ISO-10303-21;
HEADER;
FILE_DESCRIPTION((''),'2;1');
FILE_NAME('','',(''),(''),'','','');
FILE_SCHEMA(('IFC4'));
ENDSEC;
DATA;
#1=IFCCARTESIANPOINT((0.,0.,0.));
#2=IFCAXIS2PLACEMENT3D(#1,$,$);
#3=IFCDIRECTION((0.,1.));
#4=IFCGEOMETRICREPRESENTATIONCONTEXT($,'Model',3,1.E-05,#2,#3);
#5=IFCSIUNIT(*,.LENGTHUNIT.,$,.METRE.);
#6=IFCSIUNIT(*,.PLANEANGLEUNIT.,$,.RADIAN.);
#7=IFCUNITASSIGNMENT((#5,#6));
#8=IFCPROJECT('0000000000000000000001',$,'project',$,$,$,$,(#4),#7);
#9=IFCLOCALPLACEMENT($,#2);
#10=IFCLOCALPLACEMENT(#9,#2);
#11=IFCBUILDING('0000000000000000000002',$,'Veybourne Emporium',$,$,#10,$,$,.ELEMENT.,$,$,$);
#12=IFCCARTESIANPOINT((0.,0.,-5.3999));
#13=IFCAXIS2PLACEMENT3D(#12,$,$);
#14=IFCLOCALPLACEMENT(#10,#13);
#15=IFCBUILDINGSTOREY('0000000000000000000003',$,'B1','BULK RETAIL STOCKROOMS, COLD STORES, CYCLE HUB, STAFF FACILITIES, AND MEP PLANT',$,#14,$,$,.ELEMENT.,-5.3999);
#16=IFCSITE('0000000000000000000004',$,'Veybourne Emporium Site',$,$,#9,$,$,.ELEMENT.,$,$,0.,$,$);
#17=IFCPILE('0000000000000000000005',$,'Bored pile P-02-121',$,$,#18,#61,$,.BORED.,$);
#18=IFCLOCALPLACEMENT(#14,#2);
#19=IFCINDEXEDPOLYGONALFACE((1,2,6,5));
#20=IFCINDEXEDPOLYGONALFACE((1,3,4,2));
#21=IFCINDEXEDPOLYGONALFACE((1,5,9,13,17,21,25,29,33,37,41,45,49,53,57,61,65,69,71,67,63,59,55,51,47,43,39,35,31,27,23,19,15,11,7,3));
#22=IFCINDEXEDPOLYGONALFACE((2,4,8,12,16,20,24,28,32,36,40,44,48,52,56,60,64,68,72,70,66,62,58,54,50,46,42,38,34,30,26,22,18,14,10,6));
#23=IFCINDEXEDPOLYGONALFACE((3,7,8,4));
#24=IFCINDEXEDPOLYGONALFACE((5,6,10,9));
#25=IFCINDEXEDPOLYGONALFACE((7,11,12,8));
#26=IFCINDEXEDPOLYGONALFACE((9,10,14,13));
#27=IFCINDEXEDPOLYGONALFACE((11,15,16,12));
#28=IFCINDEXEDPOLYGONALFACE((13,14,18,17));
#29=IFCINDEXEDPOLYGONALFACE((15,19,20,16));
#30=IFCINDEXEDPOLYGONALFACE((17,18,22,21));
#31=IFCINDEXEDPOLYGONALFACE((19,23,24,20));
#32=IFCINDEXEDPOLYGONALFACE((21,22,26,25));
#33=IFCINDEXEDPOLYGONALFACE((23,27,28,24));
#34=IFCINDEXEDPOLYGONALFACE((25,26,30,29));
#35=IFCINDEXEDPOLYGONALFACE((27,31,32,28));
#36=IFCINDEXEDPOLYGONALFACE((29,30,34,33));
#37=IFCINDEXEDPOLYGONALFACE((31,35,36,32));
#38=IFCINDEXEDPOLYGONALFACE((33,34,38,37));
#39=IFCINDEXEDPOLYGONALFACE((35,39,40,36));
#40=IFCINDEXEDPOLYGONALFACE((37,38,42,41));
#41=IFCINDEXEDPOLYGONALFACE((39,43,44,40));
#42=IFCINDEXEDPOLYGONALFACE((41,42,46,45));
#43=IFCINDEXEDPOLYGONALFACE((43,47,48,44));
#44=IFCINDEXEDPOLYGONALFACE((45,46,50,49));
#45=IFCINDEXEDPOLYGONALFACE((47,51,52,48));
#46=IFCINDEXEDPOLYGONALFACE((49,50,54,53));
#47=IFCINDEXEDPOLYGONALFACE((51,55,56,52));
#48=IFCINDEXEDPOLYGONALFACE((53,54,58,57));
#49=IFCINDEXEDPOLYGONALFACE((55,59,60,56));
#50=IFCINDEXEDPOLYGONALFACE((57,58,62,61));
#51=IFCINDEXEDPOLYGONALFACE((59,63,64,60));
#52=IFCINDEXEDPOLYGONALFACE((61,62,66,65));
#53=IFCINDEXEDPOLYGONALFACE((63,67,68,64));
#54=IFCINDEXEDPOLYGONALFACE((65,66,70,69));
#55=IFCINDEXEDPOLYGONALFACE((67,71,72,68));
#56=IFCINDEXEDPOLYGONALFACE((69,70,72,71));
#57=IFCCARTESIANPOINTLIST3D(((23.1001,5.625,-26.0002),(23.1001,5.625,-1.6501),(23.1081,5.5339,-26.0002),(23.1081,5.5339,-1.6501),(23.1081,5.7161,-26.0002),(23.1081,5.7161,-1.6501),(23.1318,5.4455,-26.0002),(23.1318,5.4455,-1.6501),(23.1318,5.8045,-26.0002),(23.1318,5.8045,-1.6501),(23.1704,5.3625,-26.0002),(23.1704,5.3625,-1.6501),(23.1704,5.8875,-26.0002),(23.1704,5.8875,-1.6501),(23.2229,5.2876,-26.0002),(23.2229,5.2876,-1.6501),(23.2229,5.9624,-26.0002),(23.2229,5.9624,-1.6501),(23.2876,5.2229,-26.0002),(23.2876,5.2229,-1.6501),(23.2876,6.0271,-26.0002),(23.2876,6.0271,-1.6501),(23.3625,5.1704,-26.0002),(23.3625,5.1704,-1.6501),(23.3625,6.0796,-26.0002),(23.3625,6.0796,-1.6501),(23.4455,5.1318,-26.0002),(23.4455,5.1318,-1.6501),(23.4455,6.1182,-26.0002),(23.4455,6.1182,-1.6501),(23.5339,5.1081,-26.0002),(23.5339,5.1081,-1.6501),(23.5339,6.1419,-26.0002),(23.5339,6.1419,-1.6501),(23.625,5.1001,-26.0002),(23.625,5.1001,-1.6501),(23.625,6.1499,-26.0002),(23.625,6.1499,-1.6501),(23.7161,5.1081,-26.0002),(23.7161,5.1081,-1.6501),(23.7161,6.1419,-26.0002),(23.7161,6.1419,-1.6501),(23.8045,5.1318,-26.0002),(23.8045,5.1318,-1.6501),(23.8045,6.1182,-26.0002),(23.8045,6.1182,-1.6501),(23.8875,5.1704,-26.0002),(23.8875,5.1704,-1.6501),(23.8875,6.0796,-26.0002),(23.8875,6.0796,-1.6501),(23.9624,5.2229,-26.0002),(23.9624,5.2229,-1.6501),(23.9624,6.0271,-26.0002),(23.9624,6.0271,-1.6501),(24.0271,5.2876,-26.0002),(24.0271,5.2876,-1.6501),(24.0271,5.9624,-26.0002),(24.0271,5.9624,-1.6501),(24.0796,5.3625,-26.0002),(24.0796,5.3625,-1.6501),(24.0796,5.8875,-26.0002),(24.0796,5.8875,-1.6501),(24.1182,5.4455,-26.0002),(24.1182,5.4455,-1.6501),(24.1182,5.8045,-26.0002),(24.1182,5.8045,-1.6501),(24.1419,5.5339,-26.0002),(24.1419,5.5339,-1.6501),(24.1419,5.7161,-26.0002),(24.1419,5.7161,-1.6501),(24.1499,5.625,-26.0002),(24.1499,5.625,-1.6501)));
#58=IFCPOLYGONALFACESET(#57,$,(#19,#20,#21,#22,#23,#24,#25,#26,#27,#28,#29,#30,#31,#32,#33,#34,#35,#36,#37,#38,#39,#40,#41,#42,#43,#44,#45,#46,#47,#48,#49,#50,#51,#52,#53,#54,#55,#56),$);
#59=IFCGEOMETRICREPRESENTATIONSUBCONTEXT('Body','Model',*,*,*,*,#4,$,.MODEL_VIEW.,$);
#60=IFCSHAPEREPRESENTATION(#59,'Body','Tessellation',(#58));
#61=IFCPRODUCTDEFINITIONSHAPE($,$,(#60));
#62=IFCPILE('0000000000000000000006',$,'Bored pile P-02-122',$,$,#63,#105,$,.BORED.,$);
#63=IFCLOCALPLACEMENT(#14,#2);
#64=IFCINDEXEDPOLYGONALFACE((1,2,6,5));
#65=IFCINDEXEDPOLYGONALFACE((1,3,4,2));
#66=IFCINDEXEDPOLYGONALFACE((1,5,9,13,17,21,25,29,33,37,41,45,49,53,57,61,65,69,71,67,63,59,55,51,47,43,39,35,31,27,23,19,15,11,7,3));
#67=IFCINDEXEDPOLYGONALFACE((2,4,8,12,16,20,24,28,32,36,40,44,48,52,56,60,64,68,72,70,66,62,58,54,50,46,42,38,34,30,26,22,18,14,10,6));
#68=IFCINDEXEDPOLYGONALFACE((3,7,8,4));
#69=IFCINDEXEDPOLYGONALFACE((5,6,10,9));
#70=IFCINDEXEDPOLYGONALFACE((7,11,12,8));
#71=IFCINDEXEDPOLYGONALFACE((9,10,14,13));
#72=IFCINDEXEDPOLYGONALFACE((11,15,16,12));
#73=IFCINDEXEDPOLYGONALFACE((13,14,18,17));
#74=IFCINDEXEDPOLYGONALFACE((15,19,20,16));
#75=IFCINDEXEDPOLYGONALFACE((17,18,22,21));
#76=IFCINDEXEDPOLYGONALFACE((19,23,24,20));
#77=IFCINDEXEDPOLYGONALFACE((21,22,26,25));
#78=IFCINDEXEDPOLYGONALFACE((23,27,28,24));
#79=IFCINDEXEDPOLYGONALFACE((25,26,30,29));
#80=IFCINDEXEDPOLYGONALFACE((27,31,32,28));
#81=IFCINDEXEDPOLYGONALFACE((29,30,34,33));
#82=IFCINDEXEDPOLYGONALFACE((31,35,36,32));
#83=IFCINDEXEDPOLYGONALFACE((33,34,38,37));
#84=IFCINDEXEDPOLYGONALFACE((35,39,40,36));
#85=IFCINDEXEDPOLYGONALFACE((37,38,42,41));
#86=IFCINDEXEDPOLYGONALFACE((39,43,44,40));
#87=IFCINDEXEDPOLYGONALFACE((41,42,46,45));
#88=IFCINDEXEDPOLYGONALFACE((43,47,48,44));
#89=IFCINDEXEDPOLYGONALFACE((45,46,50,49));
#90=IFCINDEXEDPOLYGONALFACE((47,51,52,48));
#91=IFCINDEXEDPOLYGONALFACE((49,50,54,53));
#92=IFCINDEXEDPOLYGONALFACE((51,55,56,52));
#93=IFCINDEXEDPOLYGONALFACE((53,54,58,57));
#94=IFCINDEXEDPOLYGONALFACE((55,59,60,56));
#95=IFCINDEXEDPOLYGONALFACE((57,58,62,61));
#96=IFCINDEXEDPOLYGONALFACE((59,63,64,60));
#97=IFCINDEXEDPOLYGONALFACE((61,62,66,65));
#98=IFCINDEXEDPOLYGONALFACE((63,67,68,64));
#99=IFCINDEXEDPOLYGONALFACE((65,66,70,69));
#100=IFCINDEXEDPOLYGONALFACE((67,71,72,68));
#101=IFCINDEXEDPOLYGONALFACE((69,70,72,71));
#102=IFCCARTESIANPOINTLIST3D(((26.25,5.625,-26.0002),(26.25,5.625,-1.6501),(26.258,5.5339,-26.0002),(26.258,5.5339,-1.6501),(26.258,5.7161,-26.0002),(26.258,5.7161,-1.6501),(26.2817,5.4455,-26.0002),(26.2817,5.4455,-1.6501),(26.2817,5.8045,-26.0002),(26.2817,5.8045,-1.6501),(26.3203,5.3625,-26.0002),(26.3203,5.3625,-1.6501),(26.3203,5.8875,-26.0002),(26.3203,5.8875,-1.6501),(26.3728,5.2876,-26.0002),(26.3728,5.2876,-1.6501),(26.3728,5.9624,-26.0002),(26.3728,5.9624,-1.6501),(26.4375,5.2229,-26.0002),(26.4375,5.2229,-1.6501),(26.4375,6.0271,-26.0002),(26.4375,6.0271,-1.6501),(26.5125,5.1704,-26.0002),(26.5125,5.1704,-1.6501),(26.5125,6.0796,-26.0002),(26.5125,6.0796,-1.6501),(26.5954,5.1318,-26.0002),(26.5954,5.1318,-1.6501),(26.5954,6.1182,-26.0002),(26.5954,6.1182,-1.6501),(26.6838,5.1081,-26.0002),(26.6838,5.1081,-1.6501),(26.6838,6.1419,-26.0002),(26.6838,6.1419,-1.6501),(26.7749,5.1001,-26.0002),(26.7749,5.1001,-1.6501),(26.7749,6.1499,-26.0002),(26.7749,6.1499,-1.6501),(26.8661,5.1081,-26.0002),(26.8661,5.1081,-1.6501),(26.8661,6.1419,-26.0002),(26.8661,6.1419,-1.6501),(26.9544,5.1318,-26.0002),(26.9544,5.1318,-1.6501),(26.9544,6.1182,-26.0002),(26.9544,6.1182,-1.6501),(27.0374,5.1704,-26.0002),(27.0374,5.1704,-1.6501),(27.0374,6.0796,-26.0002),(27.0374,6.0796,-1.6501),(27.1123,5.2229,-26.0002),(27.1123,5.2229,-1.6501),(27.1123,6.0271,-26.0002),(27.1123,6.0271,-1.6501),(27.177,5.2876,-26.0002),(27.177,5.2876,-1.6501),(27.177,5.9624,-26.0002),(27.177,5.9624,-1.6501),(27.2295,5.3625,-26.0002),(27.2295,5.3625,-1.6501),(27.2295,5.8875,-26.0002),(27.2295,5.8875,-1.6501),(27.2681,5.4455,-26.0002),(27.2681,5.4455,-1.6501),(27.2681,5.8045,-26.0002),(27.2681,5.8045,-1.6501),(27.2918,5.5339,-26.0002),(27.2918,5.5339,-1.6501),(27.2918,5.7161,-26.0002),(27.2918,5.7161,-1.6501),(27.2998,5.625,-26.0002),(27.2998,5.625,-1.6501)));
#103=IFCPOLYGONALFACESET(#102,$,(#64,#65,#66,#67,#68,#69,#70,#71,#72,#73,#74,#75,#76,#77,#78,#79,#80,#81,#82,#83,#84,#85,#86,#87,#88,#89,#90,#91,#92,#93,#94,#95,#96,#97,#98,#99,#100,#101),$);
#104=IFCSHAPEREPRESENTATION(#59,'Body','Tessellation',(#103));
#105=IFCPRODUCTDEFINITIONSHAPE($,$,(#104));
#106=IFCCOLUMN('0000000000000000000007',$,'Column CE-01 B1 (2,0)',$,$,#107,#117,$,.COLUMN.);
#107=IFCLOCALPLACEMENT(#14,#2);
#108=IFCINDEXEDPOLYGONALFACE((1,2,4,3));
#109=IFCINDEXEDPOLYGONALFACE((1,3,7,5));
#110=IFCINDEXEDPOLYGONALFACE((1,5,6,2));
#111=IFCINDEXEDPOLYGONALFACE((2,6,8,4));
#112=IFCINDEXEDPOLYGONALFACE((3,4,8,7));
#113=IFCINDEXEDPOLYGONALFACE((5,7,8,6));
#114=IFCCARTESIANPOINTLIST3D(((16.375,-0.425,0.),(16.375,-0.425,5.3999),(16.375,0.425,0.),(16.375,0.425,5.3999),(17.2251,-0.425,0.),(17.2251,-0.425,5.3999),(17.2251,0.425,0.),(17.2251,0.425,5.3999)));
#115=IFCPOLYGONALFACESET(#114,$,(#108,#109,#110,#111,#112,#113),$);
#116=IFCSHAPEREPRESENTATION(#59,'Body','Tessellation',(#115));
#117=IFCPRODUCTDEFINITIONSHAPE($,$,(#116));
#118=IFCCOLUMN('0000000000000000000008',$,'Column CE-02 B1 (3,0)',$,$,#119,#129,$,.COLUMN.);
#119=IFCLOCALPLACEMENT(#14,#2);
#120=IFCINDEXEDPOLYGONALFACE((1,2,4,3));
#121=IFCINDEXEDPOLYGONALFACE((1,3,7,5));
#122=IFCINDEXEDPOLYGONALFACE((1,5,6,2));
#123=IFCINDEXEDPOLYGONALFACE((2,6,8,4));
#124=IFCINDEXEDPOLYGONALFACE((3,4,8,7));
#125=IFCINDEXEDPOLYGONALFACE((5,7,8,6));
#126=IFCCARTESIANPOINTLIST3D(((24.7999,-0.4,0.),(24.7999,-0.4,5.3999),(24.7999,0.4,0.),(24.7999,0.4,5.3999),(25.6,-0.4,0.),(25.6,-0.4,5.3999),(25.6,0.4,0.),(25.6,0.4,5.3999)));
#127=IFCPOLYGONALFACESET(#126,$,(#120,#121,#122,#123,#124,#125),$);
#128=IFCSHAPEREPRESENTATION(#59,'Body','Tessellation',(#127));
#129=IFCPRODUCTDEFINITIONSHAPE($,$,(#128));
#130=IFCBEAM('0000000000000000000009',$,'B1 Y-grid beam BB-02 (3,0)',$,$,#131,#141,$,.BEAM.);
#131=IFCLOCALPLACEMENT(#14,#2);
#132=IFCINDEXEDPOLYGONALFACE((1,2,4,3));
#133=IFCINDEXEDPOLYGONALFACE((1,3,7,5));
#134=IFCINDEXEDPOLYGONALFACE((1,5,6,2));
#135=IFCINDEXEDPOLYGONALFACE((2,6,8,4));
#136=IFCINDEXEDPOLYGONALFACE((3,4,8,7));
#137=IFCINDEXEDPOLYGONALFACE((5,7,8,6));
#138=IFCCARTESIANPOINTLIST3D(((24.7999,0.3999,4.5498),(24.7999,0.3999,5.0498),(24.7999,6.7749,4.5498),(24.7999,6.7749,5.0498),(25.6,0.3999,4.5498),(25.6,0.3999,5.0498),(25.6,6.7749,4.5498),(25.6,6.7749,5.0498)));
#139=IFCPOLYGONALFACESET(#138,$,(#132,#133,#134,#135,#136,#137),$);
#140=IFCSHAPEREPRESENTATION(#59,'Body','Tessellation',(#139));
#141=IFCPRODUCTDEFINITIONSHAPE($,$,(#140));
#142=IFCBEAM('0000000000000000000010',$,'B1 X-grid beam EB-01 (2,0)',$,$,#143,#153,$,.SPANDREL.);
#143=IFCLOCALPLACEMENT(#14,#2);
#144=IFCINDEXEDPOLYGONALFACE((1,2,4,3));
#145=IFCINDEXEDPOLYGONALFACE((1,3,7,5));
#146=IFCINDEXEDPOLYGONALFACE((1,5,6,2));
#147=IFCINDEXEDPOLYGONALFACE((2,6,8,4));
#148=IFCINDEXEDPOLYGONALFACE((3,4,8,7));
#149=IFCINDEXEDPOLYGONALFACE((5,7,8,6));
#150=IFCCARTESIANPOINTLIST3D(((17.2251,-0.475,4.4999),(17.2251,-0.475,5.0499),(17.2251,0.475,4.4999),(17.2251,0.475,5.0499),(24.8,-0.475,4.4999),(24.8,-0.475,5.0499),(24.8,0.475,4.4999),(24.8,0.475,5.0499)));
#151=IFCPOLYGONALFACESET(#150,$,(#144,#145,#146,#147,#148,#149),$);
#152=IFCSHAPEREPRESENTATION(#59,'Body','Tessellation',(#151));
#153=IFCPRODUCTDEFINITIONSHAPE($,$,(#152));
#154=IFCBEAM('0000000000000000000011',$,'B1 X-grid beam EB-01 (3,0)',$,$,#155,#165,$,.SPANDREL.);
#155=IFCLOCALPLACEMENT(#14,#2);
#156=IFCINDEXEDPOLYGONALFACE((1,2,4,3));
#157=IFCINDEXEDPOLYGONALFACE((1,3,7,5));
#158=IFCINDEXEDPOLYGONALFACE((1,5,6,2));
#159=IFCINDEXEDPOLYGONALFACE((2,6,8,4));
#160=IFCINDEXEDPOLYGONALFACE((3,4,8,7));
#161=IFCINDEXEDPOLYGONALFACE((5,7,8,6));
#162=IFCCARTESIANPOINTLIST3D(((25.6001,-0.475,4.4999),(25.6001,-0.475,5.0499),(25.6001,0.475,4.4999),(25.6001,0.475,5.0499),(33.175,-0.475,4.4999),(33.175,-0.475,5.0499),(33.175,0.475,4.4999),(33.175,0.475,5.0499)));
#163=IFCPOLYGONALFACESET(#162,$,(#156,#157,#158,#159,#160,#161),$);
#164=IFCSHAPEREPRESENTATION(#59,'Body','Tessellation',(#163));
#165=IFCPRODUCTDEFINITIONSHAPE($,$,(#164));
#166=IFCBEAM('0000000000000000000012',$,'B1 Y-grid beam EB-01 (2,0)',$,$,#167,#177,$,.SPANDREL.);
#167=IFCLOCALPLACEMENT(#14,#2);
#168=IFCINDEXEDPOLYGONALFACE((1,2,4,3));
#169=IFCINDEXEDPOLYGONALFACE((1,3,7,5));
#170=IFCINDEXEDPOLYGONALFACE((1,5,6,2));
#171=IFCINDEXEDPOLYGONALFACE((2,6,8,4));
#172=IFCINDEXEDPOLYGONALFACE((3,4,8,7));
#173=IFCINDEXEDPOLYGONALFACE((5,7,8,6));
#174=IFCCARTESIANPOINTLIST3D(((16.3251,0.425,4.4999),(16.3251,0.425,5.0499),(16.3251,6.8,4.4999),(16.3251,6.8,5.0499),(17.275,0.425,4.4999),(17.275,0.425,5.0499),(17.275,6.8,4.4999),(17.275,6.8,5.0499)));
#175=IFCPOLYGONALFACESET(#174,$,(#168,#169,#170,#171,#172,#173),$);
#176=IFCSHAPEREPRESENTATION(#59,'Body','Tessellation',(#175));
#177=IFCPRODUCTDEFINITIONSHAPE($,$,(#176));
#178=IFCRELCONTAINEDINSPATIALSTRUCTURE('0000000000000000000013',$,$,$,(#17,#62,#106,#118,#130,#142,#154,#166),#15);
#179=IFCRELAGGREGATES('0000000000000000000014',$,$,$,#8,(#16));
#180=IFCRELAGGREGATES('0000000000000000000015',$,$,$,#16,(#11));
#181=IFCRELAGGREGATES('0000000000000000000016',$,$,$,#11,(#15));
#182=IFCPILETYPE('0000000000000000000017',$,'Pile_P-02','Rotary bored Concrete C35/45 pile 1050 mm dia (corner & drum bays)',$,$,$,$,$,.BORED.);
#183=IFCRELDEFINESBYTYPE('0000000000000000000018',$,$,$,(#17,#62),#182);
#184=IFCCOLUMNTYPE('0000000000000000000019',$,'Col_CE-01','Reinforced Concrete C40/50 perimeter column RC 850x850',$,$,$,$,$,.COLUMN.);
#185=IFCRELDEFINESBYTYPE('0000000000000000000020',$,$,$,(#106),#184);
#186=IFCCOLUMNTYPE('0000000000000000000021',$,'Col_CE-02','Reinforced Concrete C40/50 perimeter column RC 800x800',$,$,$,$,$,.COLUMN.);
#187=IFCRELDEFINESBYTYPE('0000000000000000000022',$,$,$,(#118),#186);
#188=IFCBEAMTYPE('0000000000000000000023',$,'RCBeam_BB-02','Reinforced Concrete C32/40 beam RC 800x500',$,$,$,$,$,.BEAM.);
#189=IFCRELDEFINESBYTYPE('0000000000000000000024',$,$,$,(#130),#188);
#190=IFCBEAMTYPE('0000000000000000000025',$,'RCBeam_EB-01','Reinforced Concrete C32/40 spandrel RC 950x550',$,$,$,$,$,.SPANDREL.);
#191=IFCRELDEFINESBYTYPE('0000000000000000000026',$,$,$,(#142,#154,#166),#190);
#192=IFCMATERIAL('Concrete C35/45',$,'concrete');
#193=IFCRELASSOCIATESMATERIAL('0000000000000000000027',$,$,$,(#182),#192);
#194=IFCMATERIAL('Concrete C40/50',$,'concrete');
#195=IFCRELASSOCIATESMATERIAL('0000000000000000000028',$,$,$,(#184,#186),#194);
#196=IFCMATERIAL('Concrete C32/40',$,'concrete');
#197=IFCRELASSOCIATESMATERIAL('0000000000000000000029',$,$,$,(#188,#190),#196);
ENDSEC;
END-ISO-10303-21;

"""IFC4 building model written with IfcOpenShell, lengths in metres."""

from ifc_helpers import new_model, si_unit, direction, frame, origin, origin_2d, place, context, subcontext, project, spatial, rectangle, circle, extrude, material, material_profile, profile_set, type_object, element, save


model = new_model("IFC4")

# Units and contexts
model_context = context("Model", 3, precision=1e-05, world=origin(), true_north=direction((0.0, 1.0)))
body_context = subcontext(model_context, "Body", "Model", "MODEL_VIEW")
ifc_project = project(units=[si_unit("LENGTHUNIT", "METRE"), si_unit("PLANEANGLEUNIT", "RADIAN")], contexts=[model_context])

# Site, building, storey
site_placement = place(None, origin())
site = spatial("IfcSite", under=ifc_project, at=site_placement, Name="Veybourne Emporium Site", CompositionType="ELEMENT", RefElevation=0.0)
building_placement = place(site_placement, origin())
building = spatial("IfcBuilding", under=site, at=building_placement, Name="Veybourne Emporium", CompositionType="ELEMENT")
storey_placement = place(building_placement, frame((0.0, 0.0, -5.3999)))
storey = spatial("IfcBuildingStorey", under=building, at=storey_placement, Name="B1", Description="BULK RETAIL STOCKROOMS, COLD STORES, CYCLE HUB, STAFF FACILITIES, AND MEP PLANT", CompositionType="ELEMENT", Elevation=-5.3999)

# Shared definitions
ifc_material_1 = material(Name="Concrete C35/45", Category="concrete")

# Piles
ifc_material_profile_1 = material_profile(ifc_material_1, circle(Radius=0.5249, at=origin_2d()), Name="BORED PILE 1050")
ifc_profile_set_1 = profile_set([ifc_material_profile_1], Name="Concrete C35/45")
pile_type = type_object("IfcPileType", Name="Pile_P-02", Description="Rotary bored Concrete C35/45 pile 1050 mm dia (corner & drum bays)", PredefinedType="BORED", material=ifc_profile_set_1)
for number, where, z_axis, x_axis, name in (
    (1, (23.625, 5.625, -1.6501), (0.0, 0.0, -1.0), (1.0, 0.0, 0.0), "Bored pile P-02-121"),
    (2, (26.7749, 5.625, -1.6501), (0.0, 0.0, -1.0), (1.0, 0.0, 0.0), "Bored pile P-02-122"),
):
    element("IfcPile", number, at=place(storey_placement, frame(where, z_axis=z_axis, x_axis=x_axis)), inside=storey, type_object=pile_type, Name=name, PredefinedType="BORED", context=body_context, shape_type="SweptSolid", body=[
        extrude(circle(Radius=0.5249, at=origin_2d()), origin(), (0.0, 0.0, 1.0), 24.3501),
    ])

# Columns
ifc_material_2 = material(Name="Concrete C40/50", Category="concrete")
ifc_material_profile_2 = material_profile(ifc_material_2, rectangle(XDim=0.8501, YDim=0.8501, at=origin_2d()), Name="RC 850x850")
ifc_profile_set_2 = profile_set([ifc_material_profile_2], Name="Concrete C40/50")
column_type_1 = type_object("IfcColumnType", Name="Col_CE-01", Description="Reinforced Concrete C40/50 perimeter column RC 850x850", PredefinedType="COLUMN", material=ifc_profile_set_2)
column_1_placement = place(storey_placement, frame((16.8, 0.0, 0.0), z_axis=(0.0, 0.0, 1.0), x_axis=(1.0, 0.0, 0.0)))
element("IfcColumn", 3, at=column_1_placement, inside=storey, type_object=column_type_1, Name="Column CE-01 B1 (2,0)", PredefinedType="COLUMN", context=body_context, shape_type="SweptSolid", body=[
    extrude(rectangle(XDim=0.8501, YDim=0.8501, at=origin_2d()), origin(), (0.0, 0.0, 1.0), 5.3999),
])
ifc_material_profile_3 = material_profile(ifc_material_2, rectangle(XDim=0.8, YDim=0.8, at=origin_2d()), Name="RC 800x800")
ifc_profile_set_3 = profile_set([ifc_material_profile_3], Name="Concrete C40/50")
column_type_2 = type_object("IfcColumnType", Name="Col_CE-02", Description="Reinforced Concrete C40/50 perimeter column RC 800x800", PredefinedType="COLUMN", material=ifc_profile_set_3)
column_2_placement = place(storey_placement, frame((25.2, 0.0, 0.0), z_axis=(0.0, 0.0, 1.0), x_axis=(1.0, 0.0, 0.0)))
element("IfcColumn", 4, at=column_2_placement, inside=storey, type_object=column_type_2, Name="Column CE-02 B1 (3,0)", PredefinedType="COLUMN", context=body_context, shape_type="SweptSolid", body=[
    extrude(rectangle(XDim=0.8, YDim=0.8, at=origin_2d()), origin(), (0.0, 0.0, 1.0), 5.3999),
])

# Beams
ifc_material_3 = material(Name="Concrete C32/40", Category="concrete")
ifc_material_profile_4 = material_profile(ifc_material_3, rectangle(XDim=0.8, YDim=0.5, at=origin_2d()), Name="RC 800x500")
ifc_profile_set_4 = profile_set([ifc_material_profile_4], Name="Concrete C32/40")
beam_type_1 = type_object("IfcBeamType", Name="RCBeam_BB-02", Description="Reinforced Concrete C32/40 beam RC 800x500", PredefinedType="BEAM", material=ifc_profile_set_4)
beam_1_placement = place(storey_placement, frame((25.2, 0.3999, 4.7998), z_axis=(0.0, 1.0, 0.0), x_axis=(-1.0, 0.0, 0.0)))
element("IfcBeam", 5, at=beam_1_placement, inside=storey, type_object=beam_type_1, Name="B1 Y-grid beam BB-02 (3,0)", PredefinedType="BEAM", context=body_context, shape_type="SweptSolid", body=[
    extrude(rectangle(XDim=0.8, YDim=0.5, at=origin_2d()), origin(), (0.0, 0.0, 1.0), 6.375),
])
ifc_material_profile_5 = material_profile(ifc_material_3, rectangle(XDim=0.95, YDim=0.55, at=origin_2d()), Name="RC 950x550")
ifc_profile_set_5 = profile_set([ifc_material_profile_5], Name="Concrete C32/40")
beam_type_2 = type_object("IfcBeamType", Name="RCBeam_EB-01", Description="Reinforced Concrete C32/40 spandrel RC 950x550", PredefinedType="SPANDREL", material=ifc_profile_set_5)
for number, where, z_axis, x_axis, name in (
    (6, (17.2251, 0.0, 4.7749), (1.0, 0.0, 0.0), (0.0, 1.0, 0.0), "B1 X-grid beam EB-01 (2,0)"),
    (7, (25.6001, 0.0, 4.7749), (1.0, 0.0, 0.0), (0.0, 1.0, 0.0), "B1 X-grid beam EB-01 (3,0)"),
):
    element("IfcBeam", number, at=place(storey_placement, frame(where, z_axis=z_axis, x_axis=x_axis)), inside=storey, type_object=beam_type_2, Name=name, PredefinedType="SPANDREL", context=body_context, shape_type="SweptSolid", body=[
        extrude(rectangle(XDim=0.95, YDim=0.55, at=origin_2d()), origin(), (0.0, 0.0, 1.0), 7.575),
    ])
beam_2_placement = place(storey_placement, frame((16.8, 0.425, 4.7749), z_axis=(0.0, 1.0, 0.0), x_axis=(-1.0, 0.0, 0.0)))
element("IfcBeam", 8, at=beam_2_placement, inside=storey, type_object=beam_type_2, Name="B1 Y-grid beam EB-01 (2,0)", PredefinedType="SPANDREL", context=body_context, shape_type="SweptSolid", body=[
    extrude(rectangle(XDim=0.95, YDim=0.55, at=origin_2d()), origin(), (0.0, 0.0, 1.0), 6.375),
])

save(model, "model.ifc")
